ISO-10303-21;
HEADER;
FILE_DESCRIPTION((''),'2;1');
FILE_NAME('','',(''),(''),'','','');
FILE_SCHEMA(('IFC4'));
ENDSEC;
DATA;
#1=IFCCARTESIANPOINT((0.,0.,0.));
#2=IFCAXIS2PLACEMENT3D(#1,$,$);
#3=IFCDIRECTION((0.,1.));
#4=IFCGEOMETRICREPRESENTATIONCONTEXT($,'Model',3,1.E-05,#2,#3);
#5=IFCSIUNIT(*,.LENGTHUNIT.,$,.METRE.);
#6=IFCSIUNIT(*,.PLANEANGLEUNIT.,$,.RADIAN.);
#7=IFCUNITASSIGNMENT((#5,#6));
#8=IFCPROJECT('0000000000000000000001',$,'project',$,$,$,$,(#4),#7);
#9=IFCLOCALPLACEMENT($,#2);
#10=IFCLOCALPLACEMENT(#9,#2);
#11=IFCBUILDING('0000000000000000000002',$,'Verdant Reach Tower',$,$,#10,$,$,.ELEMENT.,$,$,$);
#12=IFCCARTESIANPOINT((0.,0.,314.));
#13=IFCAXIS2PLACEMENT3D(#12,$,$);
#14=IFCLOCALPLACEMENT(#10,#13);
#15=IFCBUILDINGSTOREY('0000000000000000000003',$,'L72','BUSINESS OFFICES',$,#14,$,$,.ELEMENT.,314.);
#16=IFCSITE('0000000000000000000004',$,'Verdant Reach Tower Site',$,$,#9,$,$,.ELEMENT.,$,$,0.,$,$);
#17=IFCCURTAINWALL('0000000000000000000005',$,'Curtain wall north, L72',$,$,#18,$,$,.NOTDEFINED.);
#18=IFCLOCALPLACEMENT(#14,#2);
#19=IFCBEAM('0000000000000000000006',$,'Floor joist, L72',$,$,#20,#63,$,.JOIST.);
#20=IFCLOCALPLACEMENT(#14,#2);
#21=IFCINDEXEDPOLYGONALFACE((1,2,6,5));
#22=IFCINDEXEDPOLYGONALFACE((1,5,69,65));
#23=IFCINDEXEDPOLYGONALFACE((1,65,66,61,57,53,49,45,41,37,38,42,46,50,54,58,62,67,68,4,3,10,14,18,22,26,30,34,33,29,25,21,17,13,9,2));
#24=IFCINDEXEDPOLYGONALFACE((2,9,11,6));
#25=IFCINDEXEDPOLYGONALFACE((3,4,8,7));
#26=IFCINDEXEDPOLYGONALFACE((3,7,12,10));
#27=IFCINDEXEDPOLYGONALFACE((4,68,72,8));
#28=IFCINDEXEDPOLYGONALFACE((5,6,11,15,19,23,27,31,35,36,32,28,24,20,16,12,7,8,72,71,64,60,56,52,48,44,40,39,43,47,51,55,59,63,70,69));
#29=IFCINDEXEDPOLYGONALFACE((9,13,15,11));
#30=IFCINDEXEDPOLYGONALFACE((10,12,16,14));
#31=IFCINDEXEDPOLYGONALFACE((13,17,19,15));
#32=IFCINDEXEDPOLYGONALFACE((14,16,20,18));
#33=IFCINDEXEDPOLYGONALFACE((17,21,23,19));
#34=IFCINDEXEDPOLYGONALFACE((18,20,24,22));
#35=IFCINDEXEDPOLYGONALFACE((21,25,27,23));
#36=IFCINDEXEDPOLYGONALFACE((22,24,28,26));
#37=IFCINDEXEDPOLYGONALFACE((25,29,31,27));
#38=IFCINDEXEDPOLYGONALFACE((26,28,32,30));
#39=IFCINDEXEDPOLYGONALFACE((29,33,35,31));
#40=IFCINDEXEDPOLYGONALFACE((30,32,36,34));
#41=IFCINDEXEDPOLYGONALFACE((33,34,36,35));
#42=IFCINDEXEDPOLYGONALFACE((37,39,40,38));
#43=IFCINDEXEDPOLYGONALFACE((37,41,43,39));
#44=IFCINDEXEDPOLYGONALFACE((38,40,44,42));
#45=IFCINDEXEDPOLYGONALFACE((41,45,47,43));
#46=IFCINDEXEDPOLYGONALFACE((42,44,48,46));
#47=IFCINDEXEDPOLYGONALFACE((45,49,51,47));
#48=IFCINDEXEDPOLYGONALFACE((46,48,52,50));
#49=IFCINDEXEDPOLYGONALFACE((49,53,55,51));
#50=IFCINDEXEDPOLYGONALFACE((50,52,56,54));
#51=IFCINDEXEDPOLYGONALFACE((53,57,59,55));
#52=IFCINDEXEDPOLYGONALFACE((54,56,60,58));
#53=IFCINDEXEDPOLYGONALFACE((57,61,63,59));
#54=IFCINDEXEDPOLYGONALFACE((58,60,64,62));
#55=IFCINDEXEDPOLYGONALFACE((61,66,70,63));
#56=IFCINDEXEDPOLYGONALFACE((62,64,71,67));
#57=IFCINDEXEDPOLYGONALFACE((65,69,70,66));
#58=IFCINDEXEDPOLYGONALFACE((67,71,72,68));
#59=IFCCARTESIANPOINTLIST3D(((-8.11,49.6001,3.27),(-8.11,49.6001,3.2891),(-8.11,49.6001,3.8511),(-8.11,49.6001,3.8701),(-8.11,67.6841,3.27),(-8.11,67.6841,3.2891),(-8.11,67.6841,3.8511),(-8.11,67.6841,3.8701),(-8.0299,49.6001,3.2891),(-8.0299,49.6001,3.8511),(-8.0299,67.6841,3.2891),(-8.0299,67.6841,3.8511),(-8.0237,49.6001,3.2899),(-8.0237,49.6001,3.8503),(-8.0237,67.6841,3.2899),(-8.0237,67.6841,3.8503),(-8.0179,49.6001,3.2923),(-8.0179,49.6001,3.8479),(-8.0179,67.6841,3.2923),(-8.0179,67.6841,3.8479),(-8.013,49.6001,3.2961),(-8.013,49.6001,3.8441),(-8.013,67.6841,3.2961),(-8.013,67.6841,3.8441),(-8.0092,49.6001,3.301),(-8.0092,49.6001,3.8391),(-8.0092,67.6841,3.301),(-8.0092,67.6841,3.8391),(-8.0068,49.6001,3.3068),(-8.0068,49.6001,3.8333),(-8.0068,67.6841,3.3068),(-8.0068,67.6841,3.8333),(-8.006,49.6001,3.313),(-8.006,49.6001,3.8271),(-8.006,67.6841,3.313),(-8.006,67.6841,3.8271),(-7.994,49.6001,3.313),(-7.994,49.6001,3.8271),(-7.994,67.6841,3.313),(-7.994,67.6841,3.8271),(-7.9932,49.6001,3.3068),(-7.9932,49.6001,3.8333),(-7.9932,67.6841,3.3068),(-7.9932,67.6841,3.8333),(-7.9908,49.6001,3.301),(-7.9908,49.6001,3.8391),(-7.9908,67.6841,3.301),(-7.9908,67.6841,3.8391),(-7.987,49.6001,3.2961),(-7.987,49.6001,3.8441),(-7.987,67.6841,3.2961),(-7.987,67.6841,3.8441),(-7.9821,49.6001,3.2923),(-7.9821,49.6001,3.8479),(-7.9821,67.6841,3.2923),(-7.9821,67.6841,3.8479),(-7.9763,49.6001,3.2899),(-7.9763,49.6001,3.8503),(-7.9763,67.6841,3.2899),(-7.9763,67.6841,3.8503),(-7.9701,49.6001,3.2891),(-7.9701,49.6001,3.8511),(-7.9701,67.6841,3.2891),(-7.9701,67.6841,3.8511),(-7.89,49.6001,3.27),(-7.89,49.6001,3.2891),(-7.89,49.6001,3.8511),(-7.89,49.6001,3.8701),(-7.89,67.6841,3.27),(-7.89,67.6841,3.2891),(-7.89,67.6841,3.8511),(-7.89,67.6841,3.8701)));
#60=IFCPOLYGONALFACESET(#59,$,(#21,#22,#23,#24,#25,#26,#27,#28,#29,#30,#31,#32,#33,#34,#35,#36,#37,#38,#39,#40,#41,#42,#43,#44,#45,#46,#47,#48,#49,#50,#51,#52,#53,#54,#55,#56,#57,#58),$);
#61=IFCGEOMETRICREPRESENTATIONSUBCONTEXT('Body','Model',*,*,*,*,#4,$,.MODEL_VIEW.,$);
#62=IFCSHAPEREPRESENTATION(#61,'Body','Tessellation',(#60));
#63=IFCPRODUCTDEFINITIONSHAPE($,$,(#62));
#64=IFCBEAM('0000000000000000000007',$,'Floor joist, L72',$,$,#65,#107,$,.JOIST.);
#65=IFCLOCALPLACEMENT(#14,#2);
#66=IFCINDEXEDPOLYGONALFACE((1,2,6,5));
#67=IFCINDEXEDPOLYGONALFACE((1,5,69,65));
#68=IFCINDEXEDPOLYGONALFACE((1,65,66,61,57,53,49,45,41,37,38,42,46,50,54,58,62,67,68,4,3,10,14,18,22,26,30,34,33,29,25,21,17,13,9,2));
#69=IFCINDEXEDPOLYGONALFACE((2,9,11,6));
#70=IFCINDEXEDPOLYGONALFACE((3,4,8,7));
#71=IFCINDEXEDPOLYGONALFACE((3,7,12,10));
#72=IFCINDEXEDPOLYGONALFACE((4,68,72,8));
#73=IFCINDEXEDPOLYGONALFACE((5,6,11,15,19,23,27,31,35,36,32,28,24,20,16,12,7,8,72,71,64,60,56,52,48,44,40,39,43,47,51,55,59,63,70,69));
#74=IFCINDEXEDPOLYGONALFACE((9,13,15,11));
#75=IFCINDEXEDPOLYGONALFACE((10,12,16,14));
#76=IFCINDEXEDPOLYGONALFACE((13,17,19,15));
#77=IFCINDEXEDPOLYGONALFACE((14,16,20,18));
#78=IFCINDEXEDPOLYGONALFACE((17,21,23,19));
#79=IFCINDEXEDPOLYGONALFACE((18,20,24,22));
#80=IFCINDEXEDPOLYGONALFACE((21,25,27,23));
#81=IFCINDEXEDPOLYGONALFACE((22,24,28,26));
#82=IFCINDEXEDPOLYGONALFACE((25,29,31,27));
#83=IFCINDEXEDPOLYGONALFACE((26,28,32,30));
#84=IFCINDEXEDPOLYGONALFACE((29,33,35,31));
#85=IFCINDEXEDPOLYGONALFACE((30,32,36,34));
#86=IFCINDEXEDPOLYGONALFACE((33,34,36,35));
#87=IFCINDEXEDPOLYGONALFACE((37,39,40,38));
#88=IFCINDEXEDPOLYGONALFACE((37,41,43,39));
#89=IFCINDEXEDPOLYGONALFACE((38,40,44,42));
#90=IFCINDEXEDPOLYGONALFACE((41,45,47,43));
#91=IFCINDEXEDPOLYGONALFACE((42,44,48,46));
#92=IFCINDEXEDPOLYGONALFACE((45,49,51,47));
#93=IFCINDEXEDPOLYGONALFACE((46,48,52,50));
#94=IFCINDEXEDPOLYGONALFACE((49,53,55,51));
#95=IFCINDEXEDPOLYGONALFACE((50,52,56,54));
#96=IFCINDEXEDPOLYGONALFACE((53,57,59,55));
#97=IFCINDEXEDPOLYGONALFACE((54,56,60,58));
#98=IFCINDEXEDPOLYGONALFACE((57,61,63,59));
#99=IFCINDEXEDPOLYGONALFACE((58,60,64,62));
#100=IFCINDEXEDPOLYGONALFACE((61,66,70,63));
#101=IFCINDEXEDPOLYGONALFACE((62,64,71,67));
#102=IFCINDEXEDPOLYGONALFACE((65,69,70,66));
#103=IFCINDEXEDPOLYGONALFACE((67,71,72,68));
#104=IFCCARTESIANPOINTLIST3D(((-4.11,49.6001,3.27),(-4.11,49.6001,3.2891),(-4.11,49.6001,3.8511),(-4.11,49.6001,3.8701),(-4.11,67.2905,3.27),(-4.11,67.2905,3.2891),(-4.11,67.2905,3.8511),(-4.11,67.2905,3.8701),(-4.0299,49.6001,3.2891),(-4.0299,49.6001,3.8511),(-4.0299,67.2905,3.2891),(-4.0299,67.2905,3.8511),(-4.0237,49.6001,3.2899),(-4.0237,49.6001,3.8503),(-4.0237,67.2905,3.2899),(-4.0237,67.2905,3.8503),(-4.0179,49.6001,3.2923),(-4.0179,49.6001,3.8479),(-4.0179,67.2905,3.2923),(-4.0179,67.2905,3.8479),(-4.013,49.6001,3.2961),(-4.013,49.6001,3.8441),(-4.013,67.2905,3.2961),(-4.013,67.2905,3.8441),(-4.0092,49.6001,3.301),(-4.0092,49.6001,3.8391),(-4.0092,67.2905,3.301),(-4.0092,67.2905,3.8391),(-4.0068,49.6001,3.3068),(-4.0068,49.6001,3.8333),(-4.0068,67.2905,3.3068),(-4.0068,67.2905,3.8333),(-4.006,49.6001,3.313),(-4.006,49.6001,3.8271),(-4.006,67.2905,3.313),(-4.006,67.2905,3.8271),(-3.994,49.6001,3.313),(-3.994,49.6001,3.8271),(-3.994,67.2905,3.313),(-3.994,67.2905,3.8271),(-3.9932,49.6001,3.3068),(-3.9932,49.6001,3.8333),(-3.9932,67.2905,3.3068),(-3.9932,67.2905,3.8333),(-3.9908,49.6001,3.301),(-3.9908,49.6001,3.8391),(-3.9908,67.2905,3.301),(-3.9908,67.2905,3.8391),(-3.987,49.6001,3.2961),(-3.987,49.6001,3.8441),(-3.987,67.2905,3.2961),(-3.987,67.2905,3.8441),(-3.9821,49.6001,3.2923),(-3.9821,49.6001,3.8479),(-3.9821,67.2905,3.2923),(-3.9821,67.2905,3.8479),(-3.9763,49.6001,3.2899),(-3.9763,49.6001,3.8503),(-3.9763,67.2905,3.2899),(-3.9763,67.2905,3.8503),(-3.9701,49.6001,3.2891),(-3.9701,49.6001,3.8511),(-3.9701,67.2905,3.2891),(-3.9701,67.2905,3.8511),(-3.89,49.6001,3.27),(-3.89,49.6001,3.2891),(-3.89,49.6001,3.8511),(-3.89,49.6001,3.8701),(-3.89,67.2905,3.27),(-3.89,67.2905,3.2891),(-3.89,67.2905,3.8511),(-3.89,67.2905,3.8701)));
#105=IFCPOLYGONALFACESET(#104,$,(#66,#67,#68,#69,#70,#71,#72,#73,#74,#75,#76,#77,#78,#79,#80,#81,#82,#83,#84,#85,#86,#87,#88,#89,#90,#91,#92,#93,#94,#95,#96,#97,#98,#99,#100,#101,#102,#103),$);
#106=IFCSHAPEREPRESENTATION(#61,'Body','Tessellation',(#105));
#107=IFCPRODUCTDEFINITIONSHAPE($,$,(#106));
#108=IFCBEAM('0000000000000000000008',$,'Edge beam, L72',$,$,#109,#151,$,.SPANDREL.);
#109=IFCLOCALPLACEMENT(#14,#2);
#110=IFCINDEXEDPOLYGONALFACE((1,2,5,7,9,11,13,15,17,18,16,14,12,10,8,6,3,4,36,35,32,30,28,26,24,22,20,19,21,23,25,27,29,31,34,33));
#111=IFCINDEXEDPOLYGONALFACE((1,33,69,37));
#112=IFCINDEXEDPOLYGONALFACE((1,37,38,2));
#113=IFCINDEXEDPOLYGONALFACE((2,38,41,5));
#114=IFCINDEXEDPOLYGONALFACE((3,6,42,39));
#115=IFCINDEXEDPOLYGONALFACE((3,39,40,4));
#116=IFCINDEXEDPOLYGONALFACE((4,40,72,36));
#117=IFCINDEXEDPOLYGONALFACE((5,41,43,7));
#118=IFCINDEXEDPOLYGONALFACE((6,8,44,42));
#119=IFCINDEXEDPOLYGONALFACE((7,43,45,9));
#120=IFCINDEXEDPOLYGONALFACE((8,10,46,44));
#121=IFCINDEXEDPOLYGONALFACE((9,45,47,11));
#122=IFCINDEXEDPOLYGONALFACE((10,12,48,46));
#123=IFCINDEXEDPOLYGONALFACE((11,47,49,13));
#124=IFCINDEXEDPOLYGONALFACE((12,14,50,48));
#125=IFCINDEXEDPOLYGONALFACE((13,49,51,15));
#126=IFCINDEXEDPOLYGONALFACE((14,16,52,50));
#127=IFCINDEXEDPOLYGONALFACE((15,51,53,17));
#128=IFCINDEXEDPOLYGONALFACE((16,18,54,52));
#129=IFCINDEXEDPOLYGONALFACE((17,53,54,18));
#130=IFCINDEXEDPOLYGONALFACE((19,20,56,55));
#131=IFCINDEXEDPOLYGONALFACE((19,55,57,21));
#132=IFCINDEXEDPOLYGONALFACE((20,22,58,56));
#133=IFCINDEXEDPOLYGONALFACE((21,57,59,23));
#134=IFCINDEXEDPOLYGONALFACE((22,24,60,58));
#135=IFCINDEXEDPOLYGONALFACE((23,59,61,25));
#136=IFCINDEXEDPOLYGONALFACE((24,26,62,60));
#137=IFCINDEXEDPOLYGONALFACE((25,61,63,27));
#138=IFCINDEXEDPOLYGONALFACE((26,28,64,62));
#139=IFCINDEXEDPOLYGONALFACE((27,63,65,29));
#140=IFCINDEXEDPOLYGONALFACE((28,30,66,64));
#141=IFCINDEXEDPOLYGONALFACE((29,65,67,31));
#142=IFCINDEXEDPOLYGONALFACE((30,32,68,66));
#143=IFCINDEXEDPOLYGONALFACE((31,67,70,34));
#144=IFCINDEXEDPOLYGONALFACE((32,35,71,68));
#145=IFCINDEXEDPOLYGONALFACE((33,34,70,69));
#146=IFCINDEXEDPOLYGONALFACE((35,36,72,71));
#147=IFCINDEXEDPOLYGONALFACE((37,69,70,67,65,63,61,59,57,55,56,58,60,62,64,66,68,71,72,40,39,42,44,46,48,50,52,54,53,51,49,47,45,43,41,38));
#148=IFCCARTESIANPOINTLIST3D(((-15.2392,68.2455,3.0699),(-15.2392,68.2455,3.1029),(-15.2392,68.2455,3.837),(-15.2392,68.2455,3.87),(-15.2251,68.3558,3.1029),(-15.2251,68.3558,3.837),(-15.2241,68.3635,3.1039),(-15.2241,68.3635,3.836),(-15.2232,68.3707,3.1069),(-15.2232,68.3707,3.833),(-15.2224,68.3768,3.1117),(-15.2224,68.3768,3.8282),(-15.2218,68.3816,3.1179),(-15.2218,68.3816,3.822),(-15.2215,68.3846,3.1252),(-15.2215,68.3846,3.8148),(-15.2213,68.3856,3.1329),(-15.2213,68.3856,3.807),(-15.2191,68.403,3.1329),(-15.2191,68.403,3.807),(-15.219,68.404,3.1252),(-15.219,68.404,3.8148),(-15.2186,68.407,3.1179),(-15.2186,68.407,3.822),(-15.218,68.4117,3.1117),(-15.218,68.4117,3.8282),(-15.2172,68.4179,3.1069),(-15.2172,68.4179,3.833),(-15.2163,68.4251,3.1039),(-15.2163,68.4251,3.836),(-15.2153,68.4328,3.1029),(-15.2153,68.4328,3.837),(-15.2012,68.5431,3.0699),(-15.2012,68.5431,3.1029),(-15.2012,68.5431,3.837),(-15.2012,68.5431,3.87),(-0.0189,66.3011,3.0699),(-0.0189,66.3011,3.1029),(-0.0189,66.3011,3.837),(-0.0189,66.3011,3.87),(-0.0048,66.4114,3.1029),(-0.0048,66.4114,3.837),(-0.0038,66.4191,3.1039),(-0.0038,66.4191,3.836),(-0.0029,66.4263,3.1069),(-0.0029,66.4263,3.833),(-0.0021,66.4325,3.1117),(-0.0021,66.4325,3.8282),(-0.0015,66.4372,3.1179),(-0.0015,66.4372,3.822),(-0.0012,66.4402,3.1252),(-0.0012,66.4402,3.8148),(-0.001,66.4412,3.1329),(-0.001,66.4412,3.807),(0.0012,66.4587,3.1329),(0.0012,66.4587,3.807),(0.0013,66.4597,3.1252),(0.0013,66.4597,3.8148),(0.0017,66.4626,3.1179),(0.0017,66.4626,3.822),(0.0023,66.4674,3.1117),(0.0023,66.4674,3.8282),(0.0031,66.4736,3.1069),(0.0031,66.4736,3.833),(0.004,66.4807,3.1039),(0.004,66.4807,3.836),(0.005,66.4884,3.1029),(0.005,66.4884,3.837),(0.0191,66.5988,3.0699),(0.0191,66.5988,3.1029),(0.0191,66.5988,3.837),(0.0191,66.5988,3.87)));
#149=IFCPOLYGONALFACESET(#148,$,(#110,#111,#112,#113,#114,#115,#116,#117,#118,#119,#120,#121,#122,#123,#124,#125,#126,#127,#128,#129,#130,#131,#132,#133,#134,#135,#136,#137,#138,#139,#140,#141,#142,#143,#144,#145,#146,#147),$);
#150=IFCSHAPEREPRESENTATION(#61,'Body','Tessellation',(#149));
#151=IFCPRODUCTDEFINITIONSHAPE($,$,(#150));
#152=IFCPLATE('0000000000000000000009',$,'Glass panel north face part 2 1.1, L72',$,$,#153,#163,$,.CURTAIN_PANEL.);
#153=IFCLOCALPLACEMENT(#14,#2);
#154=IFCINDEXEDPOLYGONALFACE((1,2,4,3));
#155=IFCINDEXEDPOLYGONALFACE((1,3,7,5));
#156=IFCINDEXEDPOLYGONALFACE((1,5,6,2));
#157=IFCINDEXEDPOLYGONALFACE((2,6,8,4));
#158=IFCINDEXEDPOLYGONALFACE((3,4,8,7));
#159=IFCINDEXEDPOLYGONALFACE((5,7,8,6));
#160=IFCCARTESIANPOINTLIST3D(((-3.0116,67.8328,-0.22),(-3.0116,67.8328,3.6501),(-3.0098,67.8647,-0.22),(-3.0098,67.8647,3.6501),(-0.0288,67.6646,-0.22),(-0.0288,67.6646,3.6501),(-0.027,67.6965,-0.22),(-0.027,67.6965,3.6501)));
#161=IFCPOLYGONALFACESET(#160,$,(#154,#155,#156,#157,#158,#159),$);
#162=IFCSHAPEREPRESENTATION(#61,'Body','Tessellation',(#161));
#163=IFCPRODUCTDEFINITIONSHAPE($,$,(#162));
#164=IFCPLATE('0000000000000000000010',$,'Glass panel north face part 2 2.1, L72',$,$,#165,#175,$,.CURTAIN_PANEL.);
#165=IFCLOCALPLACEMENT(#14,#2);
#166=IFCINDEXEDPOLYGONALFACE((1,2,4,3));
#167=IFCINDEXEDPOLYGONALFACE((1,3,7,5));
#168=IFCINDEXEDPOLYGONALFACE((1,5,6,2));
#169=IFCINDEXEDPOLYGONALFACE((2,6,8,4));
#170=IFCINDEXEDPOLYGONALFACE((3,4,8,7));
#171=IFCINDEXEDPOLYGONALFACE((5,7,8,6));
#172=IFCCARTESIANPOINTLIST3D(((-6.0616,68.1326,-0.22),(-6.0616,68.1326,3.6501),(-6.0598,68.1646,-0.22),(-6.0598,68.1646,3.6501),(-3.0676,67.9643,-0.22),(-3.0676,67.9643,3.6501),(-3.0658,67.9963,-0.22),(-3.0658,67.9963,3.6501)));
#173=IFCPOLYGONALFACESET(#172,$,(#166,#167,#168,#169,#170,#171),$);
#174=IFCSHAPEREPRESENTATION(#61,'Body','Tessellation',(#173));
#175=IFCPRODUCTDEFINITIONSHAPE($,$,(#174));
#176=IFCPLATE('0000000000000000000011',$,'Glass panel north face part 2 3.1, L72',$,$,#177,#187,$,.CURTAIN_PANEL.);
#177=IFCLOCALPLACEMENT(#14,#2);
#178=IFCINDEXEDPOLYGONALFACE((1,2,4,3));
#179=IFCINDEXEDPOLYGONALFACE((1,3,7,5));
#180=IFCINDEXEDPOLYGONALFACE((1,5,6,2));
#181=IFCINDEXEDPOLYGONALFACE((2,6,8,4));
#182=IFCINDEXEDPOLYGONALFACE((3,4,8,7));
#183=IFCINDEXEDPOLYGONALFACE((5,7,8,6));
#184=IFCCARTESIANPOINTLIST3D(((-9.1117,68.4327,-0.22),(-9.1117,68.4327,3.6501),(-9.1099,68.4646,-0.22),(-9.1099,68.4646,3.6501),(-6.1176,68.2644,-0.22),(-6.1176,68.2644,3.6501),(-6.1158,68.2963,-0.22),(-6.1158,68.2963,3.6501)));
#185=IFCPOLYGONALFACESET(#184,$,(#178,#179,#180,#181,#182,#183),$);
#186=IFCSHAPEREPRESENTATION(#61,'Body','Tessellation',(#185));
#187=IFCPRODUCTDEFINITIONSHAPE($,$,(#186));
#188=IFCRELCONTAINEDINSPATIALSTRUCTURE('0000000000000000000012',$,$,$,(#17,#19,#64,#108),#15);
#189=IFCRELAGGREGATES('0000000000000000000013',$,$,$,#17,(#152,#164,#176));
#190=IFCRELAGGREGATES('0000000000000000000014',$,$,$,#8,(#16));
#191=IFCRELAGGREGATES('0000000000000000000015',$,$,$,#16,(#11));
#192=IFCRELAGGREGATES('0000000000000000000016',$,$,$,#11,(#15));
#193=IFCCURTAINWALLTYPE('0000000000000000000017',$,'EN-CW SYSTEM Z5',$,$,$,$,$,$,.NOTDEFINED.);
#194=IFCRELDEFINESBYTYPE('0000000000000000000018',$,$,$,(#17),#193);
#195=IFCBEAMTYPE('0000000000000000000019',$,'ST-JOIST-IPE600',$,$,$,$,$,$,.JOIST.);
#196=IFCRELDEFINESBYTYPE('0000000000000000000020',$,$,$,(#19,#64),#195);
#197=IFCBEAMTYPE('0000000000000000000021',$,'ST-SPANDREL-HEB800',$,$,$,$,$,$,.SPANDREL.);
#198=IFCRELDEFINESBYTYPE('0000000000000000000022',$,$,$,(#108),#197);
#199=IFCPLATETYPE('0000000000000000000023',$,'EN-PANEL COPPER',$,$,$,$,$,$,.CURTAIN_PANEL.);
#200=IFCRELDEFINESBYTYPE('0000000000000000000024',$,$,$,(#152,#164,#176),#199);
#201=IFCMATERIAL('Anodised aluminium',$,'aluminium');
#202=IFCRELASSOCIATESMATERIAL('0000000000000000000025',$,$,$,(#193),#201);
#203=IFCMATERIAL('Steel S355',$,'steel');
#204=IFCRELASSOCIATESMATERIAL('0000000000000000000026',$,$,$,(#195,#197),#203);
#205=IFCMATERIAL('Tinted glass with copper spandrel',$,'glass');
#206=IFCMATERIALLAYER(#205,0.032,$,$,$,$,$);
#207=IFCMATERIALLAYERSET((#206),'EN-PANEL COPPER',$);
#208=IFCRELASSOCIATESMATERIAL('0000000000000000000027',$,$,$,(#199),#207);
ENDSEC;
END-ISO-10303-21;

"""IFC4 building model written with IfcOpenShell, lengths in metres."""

from ifc_helpers import new_model, si_unit, direction, frame, origin, origin_2d, place, context, subcontext, project, spatial, rectangle, i_section, extrude, material, layer, layer_set, material_profile, profile_set, type_object, element, aggregate, save


model = new_model("IFC4")

# Units and contexts
model_context = context("Model", 3, precision=1e-05, world=origin(), true_north=direction((0.0, 1.0)))
body_context = subcontext(model_context, "Body", "Model", "MODEL_VIEW")
ifc_project = project(units=[si_unit("LENGTHUNIT", "METRE"), si_unit("PLANEANGLEUNIT", "RADIAN")], contexts=[model_context])

# Site, building, storey
site_placement = place(None, origin())
site = spatial("IfcSite", under=ifc_project, at=site_placement, Name="Verdant Reach Tower Site", CompositionType="ELEMENT", RefElevation=0.0)
building_placement = place(site_placement, origin())
building = spatial("IfcBuilding", under=site, at=building_placement, Name="Verdant Reach Tower", CompositionType="ELEMENT")
storey_placement = place(building_placement, frame((0.0, 0.0, 314.0)))
storey = spatial("IfcBuildingStorey", under=building, at=storey_placement, Name="L72", Description="BUSINESS OFFICES", CompositionType="ELEMENT", Elevation=314.0)

# Curtain wall
ifc_material_1 = material(Name="Anodised aluminium", Category="aluminium")
curtain_wall_type = type_object("IfcCurtainWallType", Name="EN-CW SYSTEM Z5", PredefinedType="NOTDEFINED", material=ifc_material_1)
curtain_wall_placement = place(storey_placement, origin())
curtain_wall = element("IfcCurtainWall", 1, at=curtain_wall_placement, inside=storey, type_object=curtain_wall_type, Name="Curtain wall north, L72", PredefinedType="NOTDEFINED")

# Beams
ifc_material_2 = material(Name="Steel S355", Category="steel")
ifc_material_profile_1 = material_profile(ifc_material_2, i_section(OverallWidth=0.22, OverallDepth=0.6001, WebThickness=0.012, FlangeThickness=0.019, FilletRadius=0.0239, at=origin_2d()), Name="IPE 600")
ifc_profile_set_1 = profile_set([ifc_material_profile_1], Name="Steel S355")
beam_type_1 = type_object("IfcBeamType", Name="ST-JOIST-IPE600", PredefinedType="JOIST", material=ifc_profile_set_1)
beam_1_placement = place(storey_placement, frame((-8.0, 49.6001, 3.5701), z_axis=(0.0, 1.0, 0.0), x_axis=(-1.0, 0.0, 0.0)))
element("IfcBeam", 2, at=beam_1_placement, inside=storey, type_object=beam_type_1, Name="Floor joist, L72", PredefinedType="JOIST", context=body_context, shape_type="SweptSolid", body=[
    extrude(i_section(OverallWidth=0.22, OverallDepth=0.6001, WebThickness=0.012, FlangeThickness=0.019, FilletRadius=0.0239, at=origin_2d()), origin(), (0.0, 0.0, 1.0), 18.084),
])
beam_2_placement = place(storey_placement, frame((-4.0, 49.6001, 3.5701), z_axis=(0.0, 1.0, 0.0), x_axis=(-1.0, 0.0, 0.0)))
element("IfcBeam", 3, at=beam_2_placement, inside=storey, type_object=beam_type_1, Name="Floor joist, L72", PredefinedType="JOIST", context=body_context, shape_type="SweptSolid", body=[
    extrude(i_section(OverallWidth=0.22, OverallDepth=0.6001, WebThickness=0.012, FlangeThickness=0.019, FilletRadius=0.0239, at=origin_2d()), origin(), (0.0, 0.0, 1.0), 17.6904),
])
ifc_material_profile_2 = material_profile(ifc_material_2, i_section(OverallWidth=0.3, OverallDepth=0.8, WebThickness=0.0176, FlangeThickness=0.033, FilletRadius=0.03, at=origin_2d()), Name="HEB 800")
ifc_profile_set_2 = profile_set([ifc_material_profile_2], Name="Steel S355")
beam_type_2 = type_object("IfcBeamType", Name="ST-SPANDREL-HEB800", PredefinedType="SPANDREL", material=ifc_profile_set_2)
beam_3_placement = place(storey_placement, frame((-15.2202, 68.3943, 3.47), z_axis=(0.991939, -0.126717, 0.0), x_axis=(0.126717, 0.991939, 0.0)))
element("IfcBeam", 4, at=beam_3_placement, inside=storey, type_object=beam_type_2, Name="Edge beam, L72", PredefinedType="SPANDREL", context=body_context, shape_type="SweptSolid", body=[
    extrude(i_section(OverallWidth=0.3, OverallDepth=0.8, WebThickness=0.0176, FlangeThickness=0.033, FilletRadius=0.03, at=origin_2d()), origin(), (0.0, 0.0, 1.0), 15.344),
])

# Plates
ifc_material_3 = material(Name="Tinted glass with copper spandrel", Category="glass")
ifc_layer_1 = layer(ifc_material_3, 0.032)
ifc_layer_set_1 = layer_set([ifc_layer_1], Name="EN-PANEL COPPER")
plate_type_1 = type_object("IfcPlateType", Name="EN-PANEL COPPER", PredefinedType="CURTAIN_PANEL", material=ifc_layer_set_1)
plate_1_placement = place(storey_placement, frame((-1.5193, 67.7646, -0.22), z_axis=(0.0, 0.0, 1.0), x_axis=(-0.998413, 0.056308, 0.0)))
plate_1 = element("IfcPlate", 5, at=plate_1_placement, type_object=plate_type_1, Name="Glass panel north face part 2 1.1, L72", PredefinedType="CURTAIN_PANEL", context=body_context, shape_type="SweptSolid", body=[
    extrude(rectangle(XDim=2.9875, YDim=0.032, at=origin_2d()), origin(), (0.0, 0.0, 1.0), 3.8701),
])
plate_2_placement = place(storey_placement, frame((-4.5637, 68.0645, -0.22), z_axis=(0.0, 0.0, 1.0), x_axis=(-0.998424, 0.056128, 0.0)))
plate_2 = element("IfcPlate", 6, at=plate_2_placement, type_object=plate_type_1, Name="Glass panel north face part 2 2.1, L72", PredefinedType="CURTAIN_PANEL", context=body_context, shape_type="SweptSolid", body=[
    extrude(rectangle(XDim=2.9988, YDim=0.032, at=origin_2d()), origin(), (0.0, 0.0, 1.0), 3.8701),
])
plate_3_placement = place(storey_placement, frame((-7.6138, 68.3645, -0.22), z_axis=(0.0, 0.0, 1.0), x_axis=(-0.998424, 0.056128, 0.0)))
plate_3 = element("IfcPlate", 7, at=plate_3_placement, type_object=plate_type_1, Name="Glass panel north face part 2 3.1, L72", PredefinedType="CURTAIN_PANEL", context=body_context, shape_type="SweptSolid", body=[
    extrude(rectangle(XDim=2.9988, YDim=0.032, at=origin_2d()), origin(), (0.0, 0.0, 1.0), 3.8701),
])
aggregate(curtain_wall, [plate_1, plate_2, plate_3])

save(model, "model.ifc")
